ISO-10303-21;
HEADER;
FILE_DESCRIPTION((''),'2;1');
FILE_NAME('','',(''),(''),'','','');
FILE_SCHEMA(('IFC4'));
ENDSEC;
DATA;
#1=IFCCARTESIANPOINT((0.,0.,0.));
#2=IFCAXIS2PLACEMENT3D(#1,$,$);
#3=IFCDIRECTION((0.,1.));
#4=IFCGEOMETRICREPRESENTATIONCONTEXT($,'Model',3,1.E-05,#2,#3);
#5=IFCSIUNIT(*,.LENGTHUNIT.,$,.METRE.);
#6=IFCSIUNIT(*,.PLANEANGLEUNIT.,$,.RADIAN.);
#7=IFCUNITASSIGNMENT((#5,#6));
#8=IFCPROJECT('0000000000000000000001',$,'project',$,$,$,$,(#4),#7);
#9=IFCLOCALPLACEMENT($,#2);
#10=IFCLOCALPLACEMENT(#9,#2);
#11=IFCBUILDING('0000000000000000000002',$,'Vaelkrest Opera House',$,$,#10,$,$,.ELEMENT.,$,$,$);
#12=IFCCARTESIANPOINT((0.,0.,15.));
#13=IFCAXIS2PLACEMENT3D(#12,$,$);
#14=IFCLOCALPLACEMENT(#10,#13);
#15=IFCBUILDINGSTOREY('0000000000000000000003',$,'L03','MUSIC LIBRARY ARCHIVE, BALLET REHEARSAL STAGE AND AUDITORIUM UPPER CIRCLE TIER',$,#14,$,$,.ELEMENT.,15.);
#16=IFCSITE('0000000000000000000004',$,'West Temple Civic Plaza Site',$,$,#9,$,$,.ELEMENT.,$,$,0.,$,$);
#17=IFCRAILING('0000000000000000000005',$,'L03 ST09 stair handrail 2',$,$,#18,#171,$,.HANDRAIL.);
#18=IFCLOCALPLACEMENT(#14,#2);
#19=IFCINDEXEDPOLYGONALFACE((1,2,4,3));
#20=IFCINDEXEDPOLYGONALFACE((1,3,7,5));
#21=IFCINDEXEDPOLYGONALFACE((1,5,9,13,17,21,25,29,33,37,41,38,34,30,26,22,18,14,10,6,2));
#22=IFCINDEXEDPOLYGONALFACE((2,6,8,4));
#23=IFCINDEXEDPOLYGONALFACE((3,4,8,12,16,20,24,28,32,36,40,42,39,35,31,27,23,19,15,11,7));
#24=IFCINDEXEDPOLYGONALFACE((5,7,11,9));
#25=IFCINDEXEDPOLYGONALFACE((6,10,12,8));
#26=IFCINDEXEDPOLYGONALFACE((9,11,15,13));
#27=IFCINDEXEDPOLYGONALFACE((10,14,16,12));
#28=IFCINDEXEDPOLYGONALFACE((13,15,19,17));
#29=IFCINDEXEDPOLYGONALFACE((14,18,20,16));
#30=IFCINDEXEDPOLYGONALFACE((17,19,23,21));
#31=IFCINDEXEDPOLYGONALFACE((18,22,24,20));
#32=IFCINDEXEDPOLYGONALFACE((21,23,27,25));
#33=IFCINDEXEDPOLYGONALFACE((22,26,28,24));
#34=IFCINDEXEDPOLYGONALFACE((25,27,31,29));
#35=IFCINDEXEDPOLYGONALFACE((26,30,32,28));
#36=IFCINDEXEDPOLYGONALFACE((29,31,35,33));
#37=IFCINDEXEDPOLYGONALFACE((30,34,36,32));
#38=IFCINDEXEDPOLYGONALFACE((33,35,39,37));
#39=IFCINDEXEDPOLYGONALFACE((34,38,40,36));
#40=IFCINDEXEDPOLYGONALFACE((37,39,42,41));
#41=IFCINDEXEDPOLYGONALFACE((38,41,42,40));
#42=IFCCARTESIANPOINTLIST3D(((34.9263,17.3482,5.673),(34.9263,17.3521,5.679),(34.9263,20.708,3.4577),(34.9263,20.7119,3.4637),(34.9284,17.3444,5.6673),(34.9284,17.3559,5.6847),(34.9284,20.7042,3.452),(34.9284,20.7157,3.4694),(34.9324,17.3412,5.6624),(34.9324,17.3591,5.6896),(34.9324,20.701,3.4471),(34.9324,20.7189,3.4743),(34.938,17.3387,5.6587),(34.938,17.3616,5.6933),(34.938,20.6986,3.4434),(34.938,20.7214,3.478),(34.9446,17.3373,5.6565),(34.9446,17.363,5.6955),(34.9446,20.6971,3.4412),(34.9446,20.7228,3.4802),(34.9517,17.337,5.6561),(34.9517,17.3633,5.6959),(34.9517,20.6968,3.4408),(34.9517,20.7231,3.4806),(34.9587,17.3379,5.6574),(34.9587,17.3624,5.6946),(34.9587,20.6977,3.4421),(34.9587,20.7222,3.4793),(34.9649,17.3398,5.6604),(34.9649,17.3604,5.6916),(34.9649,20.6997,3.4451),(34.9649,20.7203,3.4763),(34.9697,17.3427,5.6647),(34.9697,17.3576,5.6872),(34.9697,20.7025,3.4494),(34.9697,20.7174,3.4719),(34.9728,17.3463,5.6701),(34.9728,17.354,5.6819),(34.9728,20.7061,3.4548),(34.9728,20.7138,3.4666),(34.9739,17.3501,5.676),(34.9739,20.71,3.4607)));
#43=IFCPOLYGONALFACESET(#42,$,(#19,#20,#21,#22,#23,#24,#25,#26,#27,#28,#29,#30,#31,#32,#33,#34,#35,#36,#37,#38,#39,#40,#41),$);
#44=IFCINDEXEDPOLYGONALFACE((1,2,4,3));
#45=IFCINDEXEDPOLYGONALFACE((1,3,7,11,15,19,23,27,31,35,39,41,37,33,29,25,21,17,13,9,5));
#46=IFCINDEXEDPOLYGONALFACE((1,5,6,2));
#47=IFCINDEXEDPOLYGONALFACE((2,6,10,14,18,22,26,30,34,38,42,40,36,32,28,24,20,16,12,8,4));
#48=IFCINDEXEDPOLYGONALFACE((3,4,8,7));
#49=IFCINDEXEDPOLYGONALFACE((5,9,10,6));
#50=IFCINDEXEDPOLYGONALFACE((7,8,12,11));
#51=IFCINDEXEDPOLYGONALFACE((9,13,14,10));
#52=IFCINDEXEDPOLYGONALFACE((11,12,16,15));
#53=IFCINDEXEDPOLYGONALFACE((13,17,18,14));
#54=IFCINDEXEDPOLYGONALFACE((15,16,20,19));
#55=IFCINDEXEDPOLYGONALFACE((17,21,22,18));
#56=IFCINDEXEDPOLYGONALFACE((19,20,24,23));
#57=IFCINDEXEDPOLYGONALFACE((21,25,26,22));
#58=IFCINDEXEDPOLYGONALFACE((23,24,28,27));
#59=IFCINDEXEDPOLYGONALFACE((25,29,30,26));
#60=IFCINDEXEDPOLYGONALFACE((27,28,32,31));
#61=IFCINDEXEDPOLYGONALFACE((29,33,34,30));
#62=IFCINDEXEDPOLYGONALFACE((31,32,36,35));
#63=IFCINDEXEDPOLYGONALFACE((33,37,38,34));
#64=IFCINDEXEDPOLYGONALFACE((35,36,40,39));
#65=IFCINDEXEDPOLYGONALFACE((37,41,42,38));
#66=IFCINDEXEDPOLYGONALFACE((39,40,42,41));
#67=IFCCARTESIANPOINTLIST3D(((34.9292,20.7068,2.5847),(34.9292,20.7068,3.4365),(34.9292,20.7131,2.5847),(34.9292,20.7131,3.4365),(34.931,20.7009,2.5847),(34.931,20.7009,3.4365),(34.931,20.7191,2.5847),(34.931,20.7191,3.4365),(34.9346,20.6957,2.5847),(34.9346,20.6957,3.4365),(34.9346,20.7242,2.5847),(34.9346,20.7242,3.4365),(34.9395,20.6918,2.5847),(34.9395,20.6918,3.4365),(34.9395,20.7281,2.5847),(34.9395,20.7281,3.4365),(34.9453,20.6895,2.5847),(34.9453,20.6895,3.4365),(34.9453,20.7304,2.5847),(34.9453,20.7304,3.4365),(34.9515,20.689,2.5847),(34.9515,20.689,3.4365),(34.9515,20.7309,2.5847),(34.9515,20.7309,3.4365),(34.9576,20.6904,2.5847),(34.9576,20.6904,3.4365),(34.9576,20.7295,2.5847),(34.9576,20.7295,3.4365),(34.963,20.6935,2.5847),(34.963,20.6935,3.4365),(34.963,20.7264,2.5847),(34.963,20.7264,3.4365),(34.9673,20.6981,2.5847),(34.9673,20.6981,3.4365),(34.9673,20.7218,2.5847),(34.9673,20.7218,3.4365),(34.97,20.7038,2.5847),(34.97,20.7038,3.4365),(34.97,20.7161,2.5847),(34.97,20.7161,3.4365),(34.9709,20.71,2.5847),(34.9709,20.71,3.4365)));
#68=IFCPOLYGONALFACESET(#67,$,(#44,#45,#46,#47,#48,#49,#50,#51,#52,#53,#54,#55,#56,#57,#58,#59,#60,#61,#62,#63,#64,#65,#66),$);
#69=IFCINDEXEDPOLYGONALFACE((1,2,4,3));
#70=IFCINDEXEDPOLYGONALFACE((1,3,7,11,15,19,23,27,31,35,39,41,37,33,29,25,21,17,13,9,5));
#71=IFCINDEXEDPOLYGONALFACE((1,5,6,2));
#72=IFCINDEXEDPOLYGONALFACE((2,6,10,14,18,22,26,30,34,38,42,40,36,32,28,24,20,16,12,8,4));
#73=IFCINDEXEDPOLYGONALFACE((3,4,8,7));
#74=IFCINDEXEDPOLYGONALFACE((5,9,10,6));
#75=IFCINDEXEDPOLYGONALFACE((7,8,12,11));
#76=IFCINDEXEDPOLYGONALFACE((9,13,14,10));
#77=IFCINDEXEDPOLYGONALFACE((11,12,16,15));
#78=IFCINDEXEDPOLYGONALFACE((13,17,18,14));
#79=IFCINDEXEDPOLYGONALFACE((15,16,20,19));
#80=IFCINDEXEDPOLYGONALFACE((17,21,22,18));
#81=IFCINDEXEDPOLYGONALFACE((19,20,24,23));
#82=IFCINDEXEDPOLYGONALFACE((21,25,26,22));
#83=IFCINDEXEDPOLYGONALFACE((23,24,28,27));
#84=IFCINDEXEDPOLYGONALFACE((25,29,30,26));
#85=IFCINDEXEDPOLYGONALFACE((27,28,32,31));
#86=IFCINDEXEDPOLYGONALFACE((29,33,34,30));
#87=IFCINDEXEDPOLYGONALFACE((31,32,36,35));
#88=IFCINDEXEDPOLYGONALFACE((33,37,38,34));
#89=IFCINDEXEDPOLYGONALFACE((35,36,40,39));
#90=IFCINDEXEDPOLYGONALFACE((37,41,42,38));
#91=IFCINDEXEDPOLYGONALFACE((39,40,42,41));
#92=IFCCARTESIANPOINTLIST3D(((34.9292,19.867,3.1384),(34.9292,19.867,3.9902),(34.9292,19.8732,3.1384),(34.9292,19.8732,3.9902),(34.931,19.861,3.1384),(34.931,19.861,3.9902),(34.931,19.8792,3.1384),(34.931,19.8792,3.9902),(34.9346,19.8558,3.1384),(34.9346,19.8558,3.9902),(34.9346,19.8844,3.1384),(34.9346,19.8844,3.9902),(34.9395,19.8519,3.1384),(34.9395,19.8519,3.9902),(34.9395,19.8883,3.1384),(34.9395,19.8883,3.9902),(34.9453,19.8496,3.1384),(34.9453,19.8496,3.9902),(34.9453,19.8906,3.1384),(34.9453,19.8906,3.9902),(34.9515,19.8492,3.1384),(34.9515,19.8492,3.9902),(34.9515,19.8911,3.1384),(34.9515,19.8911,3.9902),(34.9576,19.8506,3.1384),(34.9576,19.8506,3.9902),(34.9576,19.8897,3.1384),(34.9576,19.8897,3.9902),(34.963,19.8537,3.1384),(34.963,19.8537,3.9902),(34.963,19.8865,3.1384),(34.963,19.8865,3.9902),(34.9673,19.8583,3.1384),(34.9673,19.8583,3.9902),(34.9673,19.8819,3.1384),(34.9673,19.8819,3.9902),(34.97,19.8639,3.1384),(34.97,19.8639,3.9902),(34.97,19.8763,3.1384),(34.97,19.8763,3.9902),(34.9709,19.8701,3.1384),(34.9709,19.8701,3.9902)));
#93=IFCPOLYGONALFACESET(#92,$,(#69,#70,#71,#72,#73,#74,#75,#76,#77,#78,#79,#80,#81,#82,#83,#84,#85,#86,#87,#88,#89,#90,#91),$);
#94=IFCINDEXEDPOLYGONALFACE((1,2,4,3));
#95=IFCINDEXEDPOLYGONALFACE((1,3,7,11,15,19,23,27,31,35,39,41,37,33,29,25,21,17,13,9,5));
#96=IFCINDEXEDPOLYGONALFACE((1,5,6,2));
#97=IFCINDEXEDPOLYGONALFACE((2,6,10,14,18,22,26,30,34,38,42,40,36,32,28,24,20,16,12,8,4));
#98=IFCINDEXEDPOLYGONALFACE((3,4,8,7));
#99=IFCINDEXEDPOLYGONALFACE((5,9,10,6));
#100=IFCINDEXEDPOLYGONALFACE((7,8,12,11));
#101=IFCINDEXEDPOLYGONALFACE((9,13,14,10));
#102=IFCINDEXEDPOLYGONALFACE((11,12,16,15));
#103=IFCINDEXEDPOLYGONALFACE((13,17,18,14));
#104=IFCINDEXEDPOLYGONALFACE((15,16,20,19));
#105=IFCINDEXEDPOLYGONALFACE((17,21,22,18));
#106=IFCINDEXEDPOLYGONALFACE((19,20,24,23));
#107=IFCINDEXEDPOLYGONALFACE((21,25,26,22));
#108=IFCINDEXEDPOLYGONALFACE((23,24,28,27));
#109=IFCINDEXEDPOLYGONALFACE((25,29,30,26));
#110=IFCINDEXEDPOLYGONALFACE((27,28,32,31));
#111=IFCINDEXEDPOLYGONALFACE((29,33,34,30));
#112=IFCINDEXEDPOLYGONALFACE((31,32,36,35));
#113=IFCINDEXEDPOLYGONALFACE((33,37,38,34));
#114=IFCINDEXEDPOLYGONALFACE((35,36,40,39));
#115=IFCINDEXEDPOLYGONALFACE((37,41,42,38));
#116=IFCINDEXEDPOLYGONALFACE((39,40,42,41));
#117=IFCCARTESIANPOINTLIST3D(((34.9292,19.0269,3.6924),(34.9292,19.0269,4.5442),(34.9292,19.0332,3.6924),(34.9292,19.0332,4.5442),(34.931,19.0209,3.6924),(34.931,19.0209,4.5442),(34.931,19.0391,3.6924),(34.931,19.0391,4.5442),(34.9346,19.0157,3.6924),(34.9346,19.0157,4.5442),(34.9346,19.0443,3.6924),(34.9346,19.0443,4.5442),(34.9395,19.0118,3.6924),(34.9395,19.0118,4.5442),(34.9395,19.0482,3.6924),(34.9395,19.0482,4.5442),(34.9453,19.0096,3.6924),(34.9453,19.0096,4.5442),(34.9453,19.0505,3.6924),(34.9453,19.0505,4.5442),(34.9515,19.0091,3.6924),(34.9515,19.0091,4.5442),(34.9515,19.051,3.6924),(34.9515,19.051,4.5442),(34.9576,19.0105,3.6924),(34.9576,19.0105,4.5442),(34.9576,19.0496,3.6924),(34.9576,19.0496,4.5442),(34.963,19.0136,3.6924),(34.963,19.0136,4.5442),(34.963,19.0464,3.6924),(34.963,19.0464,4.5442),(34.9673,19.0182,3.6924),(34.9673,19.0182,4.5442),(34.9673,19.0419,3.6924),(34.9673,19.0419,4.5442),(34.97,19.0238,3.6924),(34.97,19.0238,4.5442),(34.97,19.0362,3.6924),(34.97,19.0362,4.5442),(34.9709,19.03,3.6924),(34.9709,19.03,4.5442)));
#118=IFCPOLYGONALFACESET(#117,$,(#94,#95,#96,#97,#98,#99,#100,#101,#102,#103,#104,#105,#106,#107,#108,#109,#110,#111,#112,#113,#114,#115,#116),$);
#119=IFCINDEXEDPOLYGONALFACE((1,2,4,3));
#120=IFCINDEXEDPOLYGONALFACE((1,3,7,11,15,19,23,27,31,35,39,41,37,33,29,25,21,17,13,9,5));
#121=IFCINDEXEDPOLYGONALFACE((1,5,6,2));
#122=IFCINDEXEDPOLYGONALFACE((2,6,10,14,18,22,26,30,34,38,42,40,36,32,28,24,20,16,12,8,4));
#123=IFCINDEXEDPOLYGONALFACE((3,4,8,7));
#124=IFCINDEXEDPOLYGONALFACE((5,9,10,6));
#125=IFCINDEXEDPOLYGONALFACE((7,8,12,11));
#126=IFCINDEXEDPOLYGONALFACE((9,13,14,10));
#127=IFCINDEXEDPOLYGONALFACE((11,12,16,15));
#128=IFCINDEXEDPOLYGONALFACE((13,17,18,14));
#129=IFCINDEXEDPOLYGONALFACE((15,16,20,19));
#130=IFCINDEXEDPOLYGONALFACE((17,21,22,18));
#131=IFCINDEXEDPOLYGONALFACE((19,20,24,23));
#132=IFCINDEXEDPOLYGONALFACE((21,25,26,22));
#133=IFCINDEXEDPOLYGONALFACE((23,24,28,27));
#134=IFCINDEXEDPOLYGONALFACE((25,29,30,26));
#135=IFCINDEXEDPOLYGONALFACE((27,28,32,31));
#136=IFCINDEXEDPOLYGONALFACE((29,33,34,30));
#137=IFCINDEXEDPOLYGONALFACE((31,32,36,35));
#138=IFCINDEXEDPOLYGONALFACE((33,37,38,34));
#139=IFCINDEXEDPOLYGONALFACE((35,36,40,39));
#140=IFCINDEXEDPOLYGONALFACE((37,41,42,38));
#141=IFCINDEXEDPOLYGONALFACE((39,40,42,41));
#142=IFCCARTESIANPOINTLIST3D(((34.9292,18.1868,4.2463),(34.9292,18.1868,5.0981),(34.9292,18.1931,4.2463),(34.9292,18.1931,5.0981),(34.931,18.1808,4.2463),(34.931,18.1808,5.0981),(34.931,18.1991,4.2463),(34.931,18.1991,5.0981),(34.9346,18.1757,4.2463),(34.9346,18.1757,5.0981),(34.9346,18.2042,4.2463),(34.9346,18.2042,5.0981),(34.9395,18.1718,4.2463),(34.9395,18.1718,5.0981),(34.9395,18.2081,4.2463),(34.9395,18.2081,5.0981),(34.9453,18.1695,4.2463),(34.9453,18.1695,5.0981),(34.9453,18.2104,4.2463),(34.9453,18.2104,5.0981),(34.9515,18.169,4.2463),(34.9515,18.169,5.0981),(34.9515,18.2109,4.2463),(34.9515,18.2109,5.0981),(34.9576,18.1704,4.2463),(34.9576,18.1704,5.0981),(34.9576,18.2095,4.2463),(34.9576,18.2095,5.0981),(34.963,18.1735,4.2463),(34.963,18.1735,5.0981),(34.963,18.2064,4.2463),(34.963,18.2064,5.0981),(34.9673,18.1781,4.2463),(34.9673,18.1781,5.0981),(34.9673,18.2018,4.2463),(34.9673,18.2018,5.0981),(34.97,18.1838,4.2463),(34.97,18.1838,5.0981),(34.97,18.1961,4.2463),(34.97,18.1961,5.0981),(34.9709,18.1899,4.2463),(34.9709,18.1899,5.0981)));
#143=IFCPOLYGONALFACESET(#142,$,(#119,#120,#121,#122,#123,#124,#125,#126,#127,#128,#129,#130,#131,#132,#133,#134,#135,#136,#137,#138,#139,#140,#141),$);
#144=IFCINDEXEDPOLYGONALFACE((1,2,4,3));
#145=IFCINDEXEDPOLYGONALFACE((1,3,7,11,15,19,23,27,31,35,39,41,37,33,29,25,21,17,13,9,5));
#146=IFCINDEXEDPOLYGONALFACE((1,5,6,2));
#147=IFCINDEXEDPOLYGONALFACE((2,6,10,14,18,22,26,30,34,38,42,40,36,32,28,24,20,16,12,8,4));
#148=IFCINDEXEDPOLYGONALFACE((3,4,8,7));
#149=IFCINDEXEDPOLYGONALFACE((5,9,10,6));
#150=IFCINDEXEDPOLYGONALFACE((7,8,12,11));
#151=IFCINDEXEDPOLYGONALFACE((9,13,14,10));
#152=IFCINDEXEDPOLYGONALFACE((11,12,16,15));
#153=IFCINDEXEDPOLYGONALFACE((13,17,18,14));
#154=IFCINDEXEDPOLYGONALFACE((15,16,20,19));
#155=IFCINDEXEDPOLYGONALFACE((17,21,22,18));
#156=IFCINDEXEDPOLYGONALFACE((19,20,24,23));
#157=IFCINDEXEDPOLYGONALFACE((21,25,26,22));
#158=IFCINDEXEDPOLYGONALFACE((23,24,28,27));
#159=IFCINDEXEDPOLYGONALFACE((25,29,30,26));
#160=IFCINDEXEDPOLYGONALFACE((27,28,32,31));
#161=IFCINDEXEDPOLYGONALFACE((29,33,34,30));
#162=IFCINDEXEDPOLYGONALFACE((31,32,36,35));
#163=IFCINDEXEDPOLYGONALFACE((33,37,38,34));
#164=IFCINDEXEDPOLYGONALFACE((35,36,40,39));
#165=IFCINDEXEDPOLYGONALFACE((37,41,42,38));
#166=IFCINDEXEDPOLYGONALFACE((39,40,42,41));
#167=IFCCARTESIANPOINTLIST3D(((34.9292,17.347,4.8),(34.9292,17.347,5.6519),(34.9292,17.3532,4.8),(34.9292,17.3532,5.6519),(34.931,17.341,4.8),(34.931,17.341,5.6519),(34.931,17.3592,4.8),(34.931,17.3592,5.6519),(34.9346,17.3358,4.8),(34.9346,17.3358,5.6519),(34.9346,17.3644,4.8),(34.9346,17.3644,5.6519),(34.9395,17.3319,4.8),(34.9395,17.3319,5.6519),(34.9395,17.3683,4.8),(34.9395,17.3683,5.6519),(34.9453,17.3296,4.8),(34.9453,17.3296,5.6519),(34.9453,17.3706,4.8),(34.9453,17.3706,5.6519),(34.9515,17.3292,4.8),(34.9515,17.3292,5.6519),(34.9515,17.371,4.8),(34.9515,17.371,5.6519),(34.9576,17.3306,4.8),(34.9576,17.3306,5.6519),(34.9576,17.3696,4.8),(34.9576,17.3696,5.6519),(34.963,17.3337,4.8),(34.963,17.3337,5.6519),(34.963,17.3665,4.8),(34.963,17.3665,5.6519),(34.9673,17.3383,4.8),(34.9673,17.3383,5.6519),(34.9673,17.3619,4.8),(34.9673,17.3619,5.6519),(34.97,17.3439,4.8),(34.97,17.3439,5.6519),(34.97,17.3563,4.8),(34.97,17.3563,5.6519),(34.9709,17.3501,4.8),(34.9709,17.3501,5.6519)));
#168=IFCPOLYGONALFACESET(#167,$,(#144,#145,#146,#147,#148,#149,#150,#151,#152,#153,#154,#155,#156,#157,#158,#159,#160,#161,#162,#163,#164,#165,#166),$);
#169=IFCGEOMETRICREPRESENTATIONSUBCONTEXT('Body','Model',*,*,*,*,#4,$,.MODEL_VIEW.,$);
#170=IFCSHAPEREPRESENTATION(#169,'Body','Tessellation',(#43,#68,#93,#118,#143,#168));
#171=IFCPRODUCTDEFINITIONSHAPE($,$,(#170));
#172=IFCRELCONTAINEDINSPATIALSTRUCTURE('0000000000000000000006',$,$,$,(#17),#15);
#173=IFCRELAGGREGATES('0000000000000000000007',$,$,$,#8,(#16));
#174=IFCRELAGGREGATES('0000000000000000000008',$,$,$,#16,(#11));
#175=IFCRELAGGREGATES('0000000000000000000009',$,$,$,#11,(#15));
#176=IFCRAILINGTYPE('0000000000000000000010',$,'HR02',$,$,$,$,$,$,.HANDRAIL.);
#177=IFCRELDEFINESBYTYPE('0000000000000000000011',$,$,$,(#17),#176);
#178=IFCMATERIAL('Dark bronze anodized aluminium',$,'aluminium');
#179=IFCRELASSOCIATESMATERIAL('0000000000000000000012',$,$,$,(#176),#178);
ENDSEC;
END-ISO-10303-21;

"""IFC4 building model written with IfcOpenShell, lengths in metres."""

from ifc_helpers import new_model, si_unit, direction, frame, origin, origin_2d, place, context, subcontext, project, spatial, circle, extrude, material, type_object, element, save


model = new_model("IFC4")

# Units and contexts
model_context = context("Model", 3, precision=1e-05, world=origin(), true_north=direction((0.0, 1.0)))
body_context = subcontext(model_context, "Body", "Model", "MODEL_VIEW")
ifc_project = project(units=[si_unit("LENGTHUNIT", "METRE"), si_unit("PLANEANGLEUNIT", "RADIAN")], contexts=[model_context])

# Site, building, storey
site_placement = place(None, origin())
site = spatial("IfcSite", under=ifc_project, at=site_placement, Name="West Temple Civic Plaza Site", CompositionType="ELEMENT", RefElevation=0.0)
building_placement = place(site_placement, origin())
building = spatial("IfcBuilding", under=site, at=building_placement, Name="Vaelkrest Opera House", CompositionType="ELEMENT")
storey_placement = place(building_placement, frame((0.0, 0.0, 15.0)))
storey = spatial("IfcBuildingStorey", under=building, at=storey_placement, Name="L03", Description="MUSIC LIBRARY ARCHIVE, BALLET REHEARSAL STAGE AND AUDITORIUM UPPER CIRCLE TIER", CompositionType="ELEMENT", Elevation=15.0)

# Railing
ifc_material_1 = material(Name="Dark bronze anodized aluminium", Category="aluminium")
railing_type_1 = type_object("IfcRailingType", Name="HR02", PredefinedType="HANDRAIL", material=ifc_material_1)
railing_1_placement = place(storey_placement, frame((34.95, 20.71, 2.5847)))
element("IfcRailing", 1, at=railing_1_placement, inside=storey, type_object=railing_type_1, Name="L03 ST09 stair handrail 2", PredefinedType="HANDRAIL", context=body_context, shape_type="SweptSolid", body=[
    extrude(circle(Radius=0.0239, at=origin_2d()), frame((0.0, 0.0, 0.876), z_axis=(0.0, -0.834858, 0.550465), x_axis=(1.0, 0.0, 0.0)), (0.0, 0.0, 1.0), 4.0244),
    extrude(circle(Radius=0.021, at=origin_2d()), origin(), (0.0, 0.0, 1.0), 0.8518),
    extrude(circle(Radius=0.021, at=origin_2d()), frame((0.0, -0.8398, 0.5537)), (0.0, 0.0, 1.0), 0.8518),
    extrude(circle(Radius=0.021, at=origin_2d()), frame((0.0, -1.6799, 1.1077)), (0.0, 0.0, 1.0), 0.8518),
    extrude(circle(Radius=0.021, at=origin_2d()), frame((0.0, -2.52, 1.6616)), (0.0, 0.0, 1.0), 0.8518),
    extrude(circle(Radius=0.021, at=origin_2d()), frame((0.0, -3.3599, 2.2153)), (0.0, 0.0, 1.0), 0.8518),
])

save(model, "model.ifc")
